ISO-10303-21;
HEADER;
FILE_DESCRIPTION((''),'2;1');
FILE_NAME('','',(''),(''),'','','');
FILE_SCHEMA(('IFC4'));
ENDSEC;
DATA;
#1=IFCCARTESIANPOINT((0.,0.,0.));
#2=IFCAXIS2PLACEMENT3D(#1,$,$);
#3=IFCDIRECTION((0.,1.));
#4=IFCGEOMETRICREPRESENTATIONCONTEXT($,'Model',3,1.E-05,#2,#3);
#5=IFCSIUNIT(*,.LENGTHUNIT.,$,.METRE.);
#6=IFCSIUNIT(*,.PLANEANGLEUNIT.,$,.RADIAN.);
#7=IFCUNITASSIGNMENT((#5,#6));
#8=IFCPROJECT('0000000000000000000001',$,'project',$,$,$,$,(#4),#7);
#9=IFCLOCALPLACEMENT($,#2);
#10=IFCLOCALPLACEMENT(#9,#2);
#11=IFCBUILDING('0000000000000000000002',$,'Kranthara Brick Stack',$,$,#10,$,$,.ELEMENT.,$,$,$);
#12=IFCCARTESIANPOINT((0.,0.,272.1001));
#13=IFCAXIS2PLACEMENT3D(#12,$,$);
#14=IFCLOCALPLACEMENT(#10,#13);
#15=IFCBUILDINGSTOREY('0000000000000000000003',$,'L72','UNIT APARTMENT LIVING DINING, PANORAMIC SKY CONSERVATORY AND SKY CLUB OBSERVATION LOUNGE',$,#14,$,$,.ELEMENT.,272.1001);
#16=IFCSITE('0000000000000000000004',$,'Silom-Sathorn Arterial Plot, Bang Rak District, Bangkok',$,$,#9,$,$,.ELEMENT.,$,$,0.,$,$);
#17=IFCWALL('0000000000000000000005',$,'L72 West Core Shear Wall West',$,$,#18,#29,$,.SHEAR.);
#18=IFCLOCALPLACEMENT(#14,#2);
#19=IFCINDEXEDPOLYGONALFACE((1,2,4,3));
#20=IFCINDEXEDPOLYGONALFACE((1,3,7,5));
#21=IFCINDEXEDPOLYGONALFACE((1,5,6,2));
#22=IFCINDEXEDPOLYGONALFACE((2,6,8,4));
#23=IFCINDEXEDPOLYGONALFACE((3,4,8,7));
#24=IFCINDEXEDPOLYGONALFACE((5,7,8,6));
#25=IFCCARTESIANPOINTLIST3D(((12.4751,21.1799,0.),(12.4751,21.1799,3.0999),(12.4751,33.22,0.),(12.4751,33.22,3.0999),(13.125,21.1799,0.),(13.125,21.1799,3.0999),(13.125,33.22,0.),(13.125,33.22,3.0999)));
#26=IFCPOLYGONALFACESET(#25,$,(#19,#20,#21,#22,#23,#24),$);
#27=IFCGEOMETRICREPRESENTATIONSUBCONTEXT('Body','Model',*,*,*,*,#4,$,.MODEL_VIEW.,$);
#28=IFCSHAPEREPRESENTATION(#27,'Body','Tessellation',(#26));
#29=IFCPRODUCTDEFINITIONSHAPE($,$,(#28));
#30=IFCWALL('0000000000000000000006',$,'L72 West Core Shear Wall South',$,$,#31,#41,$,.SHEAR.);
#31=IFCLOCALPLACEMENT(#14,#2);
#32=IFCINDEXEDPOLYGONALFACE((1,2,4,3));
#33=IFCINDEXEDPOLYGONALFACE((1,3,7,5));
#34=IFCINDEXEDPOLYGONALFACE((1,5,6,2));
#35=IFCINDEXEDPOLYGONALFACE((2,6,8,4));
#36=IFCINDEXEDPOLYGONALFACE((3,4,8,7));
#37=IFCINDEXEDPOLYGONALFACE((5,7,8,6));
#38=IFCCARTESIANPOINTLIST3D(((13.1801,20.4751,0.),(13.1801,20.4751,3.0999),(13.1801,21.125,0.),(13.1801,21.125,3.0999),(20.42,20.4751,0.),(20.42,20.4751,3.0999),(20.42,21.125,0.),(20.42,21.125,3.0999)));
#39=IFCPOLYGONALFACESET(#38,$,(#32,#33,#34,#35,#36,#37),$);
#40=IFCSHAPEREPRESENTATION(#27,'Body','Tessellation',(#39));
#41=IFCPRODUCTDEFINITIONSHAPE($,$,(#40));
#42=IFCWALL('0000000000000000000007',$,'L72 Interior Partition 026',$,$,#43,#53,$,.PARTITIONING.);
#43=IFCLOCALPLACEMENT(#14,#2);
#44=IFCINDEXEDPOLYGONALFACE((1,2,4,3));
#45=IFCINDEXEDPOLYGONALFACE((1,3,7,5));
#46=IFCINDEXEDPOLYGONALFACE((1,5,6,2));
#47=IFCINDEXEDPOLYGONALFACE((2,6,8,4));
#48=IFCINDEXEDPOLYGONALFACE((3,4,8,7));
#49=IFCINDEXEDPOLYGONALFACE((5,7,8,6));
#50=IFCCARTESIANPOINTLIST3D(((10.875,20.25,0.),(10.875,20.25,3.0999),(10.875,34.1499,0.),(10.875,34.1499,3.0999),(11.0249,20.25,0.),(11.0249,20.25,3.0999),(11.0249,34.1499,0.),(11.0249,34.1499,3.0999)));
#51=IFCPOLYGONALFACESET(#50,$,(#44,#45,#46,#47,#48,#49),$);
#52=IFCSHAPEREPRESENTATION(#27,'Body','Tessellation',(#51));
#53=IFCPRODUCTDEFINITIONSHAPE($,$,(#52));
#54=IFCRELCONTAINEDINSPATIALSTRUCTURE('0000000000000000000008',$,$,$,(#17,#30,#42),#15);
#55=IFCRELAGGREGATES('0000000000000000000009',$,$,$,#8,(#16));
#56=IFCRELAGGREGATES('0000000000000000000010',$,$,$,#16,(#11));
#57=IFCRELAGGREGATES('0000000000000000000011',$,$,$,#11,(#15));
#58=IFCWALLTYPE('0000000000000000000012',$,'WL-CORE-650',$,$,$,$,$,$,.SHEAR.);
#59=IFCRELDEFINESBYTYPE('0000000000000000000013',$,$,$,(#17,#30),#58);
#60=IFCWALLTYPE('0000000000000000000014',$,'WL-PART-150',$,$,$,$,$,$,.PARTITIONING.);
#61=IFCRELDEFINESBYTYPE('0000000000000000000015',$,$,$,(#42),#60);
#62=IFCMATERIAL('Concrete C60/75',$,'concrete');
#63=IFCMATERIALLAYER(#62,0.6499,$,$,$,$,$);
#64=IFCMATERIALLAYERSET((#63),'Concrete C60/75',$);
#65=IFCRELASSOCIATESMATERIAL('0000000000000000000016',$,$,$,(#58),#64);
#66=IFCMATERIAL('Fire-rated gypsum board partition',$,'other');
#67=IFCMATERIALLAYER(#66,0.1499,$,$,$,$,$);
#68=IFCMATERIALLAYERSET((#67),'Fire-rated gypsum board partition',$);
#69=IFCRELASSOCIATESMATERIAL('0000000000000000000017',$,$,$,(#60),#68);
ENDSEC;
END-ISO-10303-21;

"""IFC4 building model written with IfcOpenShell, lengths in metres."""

from ifc_helpers import new_model, si_unit, direction, frame, frame_2d, origin, place, context, subcontext, project, spatial, rectangle, extrude, material, layer, layer_set, type_object, element, save


model = new_model("IFC4")

# Units and contexts
model_context = context("Model", 3, precision=1e-05, world=origin(), true_north=direction((0.0, 1.0)))
body_context = subcontext(model_context, "Body", "Model", "MODEL_VIEW")
ifc_project = project(units=[si_unit("LENGTHUNIT", "METRE"), si_unit("PLANEANGLEUNIT", "RADIAN")], contexts=[model_context])

# Site, building, storey
site_placement = place(None, origin())
site = spatial("IfcSite", under=ifc_project, at=site_placement, Name="Silom-Sathorn Arterial Plot, Bang Rak District, Bangkok", CompositionType="ELEMENT", RefElevation=0.0)
building_placement = place(site_placement, origin())
building = spatial("IfcBuilding", under=site, at=building_placement, Name="Kranthara Brick Stack", CompositionType="ELEMENT")
storey_placement = place(building_placement, frame((0.0, 0.0, 272.1001)))
storey = spatial("IfcBuildingStorey", under=building, at=storey_placement, Name="L72", Description="UNIT APARTMENT LIVING DINING, PANORAMIC SKY CONSERVATORY AND SKY CLUB OBSERVATION LOUNGE", CompositionType="ELEMENT", Elevation=272.1001)

# Walls
ifc_material_1 = material(Name="Concrete C60/75", Category="concrete")
ifc_layer_1 = layer(ifc_material_1, 0.6499)
ifc_layer_set_1 = layer_set([ifc_layer_1], Name="Concrete C60/75")
wall_type_1 = type_object("IfcWallType", Name="WL-CORE-650", PredefinedType="SHEAR", material=ifc_layer_set_1)
wall_1_placement = place(storey_placement, frame((12.8, 21.1799, 0.0), z_axis=(0.0, 0.0, 1.0), x_axis=(0.0, 1.0, 0.0)))
element("IfcWall", 1, at=wall_1_placement, inside=storey, type_object=wall_type_1, Name="L72 West Core Shear Wall West", PredefinedType="SHEAR", context=body_context, shape_type="SweptSolid", body=[
    extrude(rectangle(XDim=12.04, YDim=0.6499, at=frame_2d((6.02, 0.0))), origin(), (0.0, 0.0, 1.0), 3.0999),
])
wall_2_placement = place(storey_placement, frame((13.1799, 20.8, 0.0), z_axis=(0.0, 0.0, 1.0), x_axis=(1.0, 0.0, 0.0)))
element("IfcWall", 2, at=wall_2_placement, inside=storey, type_object=wall_type_1, Name="L72 West Core Shear Wall South", PredefinedType="SHEAR", context=body_context, shape_type="SweptSolid", body=[
    extrude(rectangle(XDim=7.24, YDim=0.6499, at=frame_2d((3.6201, 0.0))), origin(), (0.0, 0.0, 1.0), 3.0999),
])

# Wall
ifc_material_2 = material(Name="Fire-rated gypsum board partition", Category="other")
ifc_layer_2 = layer(ifc_material_2, 0.1499)
ifc_layer_set_2 = layer_set([ifc_layer_2], Name="Fire-rated gypsum board partition")
wall_type_2 = type_object("IfcWallType", Name="WL-PART-150", PredefinedType="PARTITIONING", material=ifc_layer_set_2)
wall_3_placement = place(storey_placement, frame((10.95, 20.25, 0.0), z_axis=(0.0, 0.0, 1.0), x_axis=(0.0, 1.0, 0.0)))
element("IfcWall", 3, at=wall_3_placement, inside=storey, type_object=wall_type_2, Name="L72 Interior Partition 026", PredefinedType="PARTITIONING", context=body_context, shape_type="SweptSolid", body=[
    extrude(rectangle(XDim=13.8999, YDim=0.1499, at=frame_2d((6.95, 0.0))), origin(), (0.0, 0.0, 1.0), 3.0999),
])

save(model, "model.ifc")
